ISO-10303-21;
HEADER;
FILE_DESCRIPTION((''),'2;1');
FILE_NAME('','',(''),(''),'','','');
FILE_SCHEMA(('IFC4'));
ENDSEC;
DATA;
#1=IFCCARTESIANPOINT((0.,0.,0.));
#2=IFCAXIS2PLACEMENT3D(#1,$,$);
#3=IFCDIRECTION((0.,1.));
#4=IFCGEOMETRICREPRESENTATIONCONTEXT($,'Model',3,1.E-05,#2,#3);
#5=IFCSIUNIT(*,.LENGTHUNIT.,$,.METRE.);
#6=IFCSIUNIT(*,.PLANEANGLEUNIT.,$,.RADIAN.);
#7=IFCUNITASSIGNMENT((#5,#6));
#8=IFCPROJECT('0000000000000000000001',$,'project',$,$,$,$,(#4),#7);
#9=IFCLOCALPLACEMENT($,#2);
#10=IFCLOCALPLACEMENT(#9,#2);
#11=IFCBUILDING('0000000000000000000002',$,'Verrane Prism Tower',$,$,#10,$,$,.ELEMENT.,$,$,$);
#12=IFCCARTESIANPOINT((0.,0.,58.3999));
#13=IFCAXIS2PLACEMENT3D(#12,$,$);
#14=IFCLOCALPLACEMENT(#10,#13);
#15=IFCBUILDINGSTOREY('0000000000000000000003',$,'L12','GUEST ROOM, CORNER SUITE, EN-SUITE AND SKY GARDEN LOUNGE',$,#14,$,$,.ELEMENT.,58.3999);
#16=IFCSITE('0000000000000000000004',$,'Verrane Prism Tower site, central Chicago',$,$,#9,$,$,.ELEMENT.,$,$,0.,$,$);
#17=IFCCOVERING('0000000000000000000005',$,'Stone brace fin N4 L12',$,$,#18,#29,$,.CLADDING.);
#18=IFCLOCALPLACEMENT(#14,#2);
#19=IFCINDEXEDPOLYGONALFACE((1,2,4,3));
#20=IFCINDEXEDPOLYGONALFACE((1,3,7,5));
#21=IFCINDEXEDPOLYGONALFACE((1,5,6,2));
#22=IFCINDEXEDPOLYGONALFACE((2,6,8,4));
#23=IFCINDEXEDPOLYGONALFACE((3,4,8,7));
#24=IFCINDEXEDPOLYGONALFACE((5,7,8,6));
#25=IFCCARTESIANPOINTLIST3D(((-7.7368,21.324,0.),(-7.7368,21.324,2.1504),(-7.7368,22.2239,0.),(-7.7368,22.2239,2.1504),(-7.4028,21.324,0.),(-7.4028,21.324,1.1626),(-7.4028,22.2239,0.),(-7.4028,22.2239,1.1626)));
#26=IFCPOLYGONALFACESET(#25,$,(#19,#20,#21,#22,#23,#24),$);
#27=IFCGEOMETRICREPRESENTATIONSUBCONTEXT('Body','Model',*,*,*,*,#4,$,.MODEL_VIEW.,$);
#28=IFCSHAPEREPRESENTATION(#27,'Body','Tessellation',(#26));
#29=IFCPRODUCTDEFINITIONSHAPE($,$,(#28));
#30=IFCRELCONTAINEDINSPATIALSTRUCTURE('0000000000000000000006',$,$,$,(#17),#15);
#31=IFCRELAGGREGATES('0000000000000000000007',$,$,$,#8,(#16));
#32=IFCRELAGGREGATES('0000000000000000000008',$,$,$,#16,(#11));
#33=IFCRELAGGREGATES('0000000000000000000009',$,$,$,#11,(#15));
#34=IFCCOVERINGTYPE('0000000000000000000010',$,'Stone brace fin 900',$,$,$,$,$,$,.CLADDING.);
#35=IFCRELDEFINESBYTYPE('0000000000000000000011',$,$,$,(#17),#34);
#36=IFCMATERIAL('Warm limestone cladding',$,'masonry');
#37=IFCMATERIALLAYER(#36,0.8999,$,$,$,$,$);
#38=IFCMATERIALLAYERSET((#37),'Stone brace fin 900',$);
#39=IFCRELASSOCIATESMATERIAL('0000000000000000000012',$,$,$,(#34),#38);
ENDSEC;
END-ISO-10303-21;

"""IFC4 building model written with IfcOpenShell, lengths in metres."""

from ifc_helpers import new_model, si_unit, direction, frame, origin, place, context, subcontext, project, spatial, polyline, outline, extrude, material, layer, layer_set, type_object, element, save


model = new_model("IFC4")

# Units and contexts
model_context = context("Model", 3, precision=1e-05, world=origin(), true_north=direction((0.0, 1.0)))
body_context = subcontext(model_context, "Body", "Model", "MODEL_VIEW")
ifc_project = project(units=[si_unit("LENGTHUNIT", "METRE"), si_unit("PLANEANGLEUNIT", "RADIAN")], contexts=[model_context])

# Site, building, storey
site_placement = place(None, origin())
site = spatial("IfcSite", under=ifc_project, at=site_placement, Name="Verrane Prism Tower site, central Chicago", CompositionType="ELEMENT", RefElevation=0.0)
building_placement = place(site_placement, origin())
building = spatial("IfcBuilding", under=site, at=building_placement, Name="Verrane Prism Tower", CompositionType="ELEMENT")
storey_placement = place(building_placement, frame((0.0, 0.0, 58.3999)))
storey = spatial("IfcBuildingStorey", under=building, at=storey_placement, Name="L12", Description="GUEST ROOM, CORNER SUITE, EN-SUITE AND SKY GARDEN LOUNGE", CompositionType="ELEMENT", Elevation=58.3999)

# Covering
ifc_material_1 = material(Name="Warm limestone cladding", Category="masonry")
ifc_layer_1 = layer(ifc_material_1, 0.8999)
ifc_layer_set_1 = layer_set([ifc_layer_1], Name="Stone brace fin 900")
covering_type = type_object("IfcCoveringType", Name="Stone brace fin 900", PredefinedType="CLADDING", material=ifc_layer_set_1)
covering_placement = place(storey_placement, frame((-7.4028, 21.7739, 0.0), z_axis=(0.0, 0.0, 1.0), x_axis=(-1.0, 0.0, 0.0)))
element("IfcCovering", 1, at=covering_placement, inside=storey, type_object=covering_type, Name="Stone brace fin N4 L12", PredefinedType="CLADDING", context=body_context, shape_type="SweptSolid", body=[
    extrude(outline(polyline([(0.0, 0.0), (0.334, 0.0), (0.334, 2.1504), (0.0, 1.1626), (0.0, 0.0)])), frame((0.0, 0.45, 0.0), z_axis=(0.0, -1.0, 0.0), x_axis=(1.0, 0.0, 0.0)), (0.0, 0.0, 1.0), 0.8999),
])

save(model, "model.ifc")
